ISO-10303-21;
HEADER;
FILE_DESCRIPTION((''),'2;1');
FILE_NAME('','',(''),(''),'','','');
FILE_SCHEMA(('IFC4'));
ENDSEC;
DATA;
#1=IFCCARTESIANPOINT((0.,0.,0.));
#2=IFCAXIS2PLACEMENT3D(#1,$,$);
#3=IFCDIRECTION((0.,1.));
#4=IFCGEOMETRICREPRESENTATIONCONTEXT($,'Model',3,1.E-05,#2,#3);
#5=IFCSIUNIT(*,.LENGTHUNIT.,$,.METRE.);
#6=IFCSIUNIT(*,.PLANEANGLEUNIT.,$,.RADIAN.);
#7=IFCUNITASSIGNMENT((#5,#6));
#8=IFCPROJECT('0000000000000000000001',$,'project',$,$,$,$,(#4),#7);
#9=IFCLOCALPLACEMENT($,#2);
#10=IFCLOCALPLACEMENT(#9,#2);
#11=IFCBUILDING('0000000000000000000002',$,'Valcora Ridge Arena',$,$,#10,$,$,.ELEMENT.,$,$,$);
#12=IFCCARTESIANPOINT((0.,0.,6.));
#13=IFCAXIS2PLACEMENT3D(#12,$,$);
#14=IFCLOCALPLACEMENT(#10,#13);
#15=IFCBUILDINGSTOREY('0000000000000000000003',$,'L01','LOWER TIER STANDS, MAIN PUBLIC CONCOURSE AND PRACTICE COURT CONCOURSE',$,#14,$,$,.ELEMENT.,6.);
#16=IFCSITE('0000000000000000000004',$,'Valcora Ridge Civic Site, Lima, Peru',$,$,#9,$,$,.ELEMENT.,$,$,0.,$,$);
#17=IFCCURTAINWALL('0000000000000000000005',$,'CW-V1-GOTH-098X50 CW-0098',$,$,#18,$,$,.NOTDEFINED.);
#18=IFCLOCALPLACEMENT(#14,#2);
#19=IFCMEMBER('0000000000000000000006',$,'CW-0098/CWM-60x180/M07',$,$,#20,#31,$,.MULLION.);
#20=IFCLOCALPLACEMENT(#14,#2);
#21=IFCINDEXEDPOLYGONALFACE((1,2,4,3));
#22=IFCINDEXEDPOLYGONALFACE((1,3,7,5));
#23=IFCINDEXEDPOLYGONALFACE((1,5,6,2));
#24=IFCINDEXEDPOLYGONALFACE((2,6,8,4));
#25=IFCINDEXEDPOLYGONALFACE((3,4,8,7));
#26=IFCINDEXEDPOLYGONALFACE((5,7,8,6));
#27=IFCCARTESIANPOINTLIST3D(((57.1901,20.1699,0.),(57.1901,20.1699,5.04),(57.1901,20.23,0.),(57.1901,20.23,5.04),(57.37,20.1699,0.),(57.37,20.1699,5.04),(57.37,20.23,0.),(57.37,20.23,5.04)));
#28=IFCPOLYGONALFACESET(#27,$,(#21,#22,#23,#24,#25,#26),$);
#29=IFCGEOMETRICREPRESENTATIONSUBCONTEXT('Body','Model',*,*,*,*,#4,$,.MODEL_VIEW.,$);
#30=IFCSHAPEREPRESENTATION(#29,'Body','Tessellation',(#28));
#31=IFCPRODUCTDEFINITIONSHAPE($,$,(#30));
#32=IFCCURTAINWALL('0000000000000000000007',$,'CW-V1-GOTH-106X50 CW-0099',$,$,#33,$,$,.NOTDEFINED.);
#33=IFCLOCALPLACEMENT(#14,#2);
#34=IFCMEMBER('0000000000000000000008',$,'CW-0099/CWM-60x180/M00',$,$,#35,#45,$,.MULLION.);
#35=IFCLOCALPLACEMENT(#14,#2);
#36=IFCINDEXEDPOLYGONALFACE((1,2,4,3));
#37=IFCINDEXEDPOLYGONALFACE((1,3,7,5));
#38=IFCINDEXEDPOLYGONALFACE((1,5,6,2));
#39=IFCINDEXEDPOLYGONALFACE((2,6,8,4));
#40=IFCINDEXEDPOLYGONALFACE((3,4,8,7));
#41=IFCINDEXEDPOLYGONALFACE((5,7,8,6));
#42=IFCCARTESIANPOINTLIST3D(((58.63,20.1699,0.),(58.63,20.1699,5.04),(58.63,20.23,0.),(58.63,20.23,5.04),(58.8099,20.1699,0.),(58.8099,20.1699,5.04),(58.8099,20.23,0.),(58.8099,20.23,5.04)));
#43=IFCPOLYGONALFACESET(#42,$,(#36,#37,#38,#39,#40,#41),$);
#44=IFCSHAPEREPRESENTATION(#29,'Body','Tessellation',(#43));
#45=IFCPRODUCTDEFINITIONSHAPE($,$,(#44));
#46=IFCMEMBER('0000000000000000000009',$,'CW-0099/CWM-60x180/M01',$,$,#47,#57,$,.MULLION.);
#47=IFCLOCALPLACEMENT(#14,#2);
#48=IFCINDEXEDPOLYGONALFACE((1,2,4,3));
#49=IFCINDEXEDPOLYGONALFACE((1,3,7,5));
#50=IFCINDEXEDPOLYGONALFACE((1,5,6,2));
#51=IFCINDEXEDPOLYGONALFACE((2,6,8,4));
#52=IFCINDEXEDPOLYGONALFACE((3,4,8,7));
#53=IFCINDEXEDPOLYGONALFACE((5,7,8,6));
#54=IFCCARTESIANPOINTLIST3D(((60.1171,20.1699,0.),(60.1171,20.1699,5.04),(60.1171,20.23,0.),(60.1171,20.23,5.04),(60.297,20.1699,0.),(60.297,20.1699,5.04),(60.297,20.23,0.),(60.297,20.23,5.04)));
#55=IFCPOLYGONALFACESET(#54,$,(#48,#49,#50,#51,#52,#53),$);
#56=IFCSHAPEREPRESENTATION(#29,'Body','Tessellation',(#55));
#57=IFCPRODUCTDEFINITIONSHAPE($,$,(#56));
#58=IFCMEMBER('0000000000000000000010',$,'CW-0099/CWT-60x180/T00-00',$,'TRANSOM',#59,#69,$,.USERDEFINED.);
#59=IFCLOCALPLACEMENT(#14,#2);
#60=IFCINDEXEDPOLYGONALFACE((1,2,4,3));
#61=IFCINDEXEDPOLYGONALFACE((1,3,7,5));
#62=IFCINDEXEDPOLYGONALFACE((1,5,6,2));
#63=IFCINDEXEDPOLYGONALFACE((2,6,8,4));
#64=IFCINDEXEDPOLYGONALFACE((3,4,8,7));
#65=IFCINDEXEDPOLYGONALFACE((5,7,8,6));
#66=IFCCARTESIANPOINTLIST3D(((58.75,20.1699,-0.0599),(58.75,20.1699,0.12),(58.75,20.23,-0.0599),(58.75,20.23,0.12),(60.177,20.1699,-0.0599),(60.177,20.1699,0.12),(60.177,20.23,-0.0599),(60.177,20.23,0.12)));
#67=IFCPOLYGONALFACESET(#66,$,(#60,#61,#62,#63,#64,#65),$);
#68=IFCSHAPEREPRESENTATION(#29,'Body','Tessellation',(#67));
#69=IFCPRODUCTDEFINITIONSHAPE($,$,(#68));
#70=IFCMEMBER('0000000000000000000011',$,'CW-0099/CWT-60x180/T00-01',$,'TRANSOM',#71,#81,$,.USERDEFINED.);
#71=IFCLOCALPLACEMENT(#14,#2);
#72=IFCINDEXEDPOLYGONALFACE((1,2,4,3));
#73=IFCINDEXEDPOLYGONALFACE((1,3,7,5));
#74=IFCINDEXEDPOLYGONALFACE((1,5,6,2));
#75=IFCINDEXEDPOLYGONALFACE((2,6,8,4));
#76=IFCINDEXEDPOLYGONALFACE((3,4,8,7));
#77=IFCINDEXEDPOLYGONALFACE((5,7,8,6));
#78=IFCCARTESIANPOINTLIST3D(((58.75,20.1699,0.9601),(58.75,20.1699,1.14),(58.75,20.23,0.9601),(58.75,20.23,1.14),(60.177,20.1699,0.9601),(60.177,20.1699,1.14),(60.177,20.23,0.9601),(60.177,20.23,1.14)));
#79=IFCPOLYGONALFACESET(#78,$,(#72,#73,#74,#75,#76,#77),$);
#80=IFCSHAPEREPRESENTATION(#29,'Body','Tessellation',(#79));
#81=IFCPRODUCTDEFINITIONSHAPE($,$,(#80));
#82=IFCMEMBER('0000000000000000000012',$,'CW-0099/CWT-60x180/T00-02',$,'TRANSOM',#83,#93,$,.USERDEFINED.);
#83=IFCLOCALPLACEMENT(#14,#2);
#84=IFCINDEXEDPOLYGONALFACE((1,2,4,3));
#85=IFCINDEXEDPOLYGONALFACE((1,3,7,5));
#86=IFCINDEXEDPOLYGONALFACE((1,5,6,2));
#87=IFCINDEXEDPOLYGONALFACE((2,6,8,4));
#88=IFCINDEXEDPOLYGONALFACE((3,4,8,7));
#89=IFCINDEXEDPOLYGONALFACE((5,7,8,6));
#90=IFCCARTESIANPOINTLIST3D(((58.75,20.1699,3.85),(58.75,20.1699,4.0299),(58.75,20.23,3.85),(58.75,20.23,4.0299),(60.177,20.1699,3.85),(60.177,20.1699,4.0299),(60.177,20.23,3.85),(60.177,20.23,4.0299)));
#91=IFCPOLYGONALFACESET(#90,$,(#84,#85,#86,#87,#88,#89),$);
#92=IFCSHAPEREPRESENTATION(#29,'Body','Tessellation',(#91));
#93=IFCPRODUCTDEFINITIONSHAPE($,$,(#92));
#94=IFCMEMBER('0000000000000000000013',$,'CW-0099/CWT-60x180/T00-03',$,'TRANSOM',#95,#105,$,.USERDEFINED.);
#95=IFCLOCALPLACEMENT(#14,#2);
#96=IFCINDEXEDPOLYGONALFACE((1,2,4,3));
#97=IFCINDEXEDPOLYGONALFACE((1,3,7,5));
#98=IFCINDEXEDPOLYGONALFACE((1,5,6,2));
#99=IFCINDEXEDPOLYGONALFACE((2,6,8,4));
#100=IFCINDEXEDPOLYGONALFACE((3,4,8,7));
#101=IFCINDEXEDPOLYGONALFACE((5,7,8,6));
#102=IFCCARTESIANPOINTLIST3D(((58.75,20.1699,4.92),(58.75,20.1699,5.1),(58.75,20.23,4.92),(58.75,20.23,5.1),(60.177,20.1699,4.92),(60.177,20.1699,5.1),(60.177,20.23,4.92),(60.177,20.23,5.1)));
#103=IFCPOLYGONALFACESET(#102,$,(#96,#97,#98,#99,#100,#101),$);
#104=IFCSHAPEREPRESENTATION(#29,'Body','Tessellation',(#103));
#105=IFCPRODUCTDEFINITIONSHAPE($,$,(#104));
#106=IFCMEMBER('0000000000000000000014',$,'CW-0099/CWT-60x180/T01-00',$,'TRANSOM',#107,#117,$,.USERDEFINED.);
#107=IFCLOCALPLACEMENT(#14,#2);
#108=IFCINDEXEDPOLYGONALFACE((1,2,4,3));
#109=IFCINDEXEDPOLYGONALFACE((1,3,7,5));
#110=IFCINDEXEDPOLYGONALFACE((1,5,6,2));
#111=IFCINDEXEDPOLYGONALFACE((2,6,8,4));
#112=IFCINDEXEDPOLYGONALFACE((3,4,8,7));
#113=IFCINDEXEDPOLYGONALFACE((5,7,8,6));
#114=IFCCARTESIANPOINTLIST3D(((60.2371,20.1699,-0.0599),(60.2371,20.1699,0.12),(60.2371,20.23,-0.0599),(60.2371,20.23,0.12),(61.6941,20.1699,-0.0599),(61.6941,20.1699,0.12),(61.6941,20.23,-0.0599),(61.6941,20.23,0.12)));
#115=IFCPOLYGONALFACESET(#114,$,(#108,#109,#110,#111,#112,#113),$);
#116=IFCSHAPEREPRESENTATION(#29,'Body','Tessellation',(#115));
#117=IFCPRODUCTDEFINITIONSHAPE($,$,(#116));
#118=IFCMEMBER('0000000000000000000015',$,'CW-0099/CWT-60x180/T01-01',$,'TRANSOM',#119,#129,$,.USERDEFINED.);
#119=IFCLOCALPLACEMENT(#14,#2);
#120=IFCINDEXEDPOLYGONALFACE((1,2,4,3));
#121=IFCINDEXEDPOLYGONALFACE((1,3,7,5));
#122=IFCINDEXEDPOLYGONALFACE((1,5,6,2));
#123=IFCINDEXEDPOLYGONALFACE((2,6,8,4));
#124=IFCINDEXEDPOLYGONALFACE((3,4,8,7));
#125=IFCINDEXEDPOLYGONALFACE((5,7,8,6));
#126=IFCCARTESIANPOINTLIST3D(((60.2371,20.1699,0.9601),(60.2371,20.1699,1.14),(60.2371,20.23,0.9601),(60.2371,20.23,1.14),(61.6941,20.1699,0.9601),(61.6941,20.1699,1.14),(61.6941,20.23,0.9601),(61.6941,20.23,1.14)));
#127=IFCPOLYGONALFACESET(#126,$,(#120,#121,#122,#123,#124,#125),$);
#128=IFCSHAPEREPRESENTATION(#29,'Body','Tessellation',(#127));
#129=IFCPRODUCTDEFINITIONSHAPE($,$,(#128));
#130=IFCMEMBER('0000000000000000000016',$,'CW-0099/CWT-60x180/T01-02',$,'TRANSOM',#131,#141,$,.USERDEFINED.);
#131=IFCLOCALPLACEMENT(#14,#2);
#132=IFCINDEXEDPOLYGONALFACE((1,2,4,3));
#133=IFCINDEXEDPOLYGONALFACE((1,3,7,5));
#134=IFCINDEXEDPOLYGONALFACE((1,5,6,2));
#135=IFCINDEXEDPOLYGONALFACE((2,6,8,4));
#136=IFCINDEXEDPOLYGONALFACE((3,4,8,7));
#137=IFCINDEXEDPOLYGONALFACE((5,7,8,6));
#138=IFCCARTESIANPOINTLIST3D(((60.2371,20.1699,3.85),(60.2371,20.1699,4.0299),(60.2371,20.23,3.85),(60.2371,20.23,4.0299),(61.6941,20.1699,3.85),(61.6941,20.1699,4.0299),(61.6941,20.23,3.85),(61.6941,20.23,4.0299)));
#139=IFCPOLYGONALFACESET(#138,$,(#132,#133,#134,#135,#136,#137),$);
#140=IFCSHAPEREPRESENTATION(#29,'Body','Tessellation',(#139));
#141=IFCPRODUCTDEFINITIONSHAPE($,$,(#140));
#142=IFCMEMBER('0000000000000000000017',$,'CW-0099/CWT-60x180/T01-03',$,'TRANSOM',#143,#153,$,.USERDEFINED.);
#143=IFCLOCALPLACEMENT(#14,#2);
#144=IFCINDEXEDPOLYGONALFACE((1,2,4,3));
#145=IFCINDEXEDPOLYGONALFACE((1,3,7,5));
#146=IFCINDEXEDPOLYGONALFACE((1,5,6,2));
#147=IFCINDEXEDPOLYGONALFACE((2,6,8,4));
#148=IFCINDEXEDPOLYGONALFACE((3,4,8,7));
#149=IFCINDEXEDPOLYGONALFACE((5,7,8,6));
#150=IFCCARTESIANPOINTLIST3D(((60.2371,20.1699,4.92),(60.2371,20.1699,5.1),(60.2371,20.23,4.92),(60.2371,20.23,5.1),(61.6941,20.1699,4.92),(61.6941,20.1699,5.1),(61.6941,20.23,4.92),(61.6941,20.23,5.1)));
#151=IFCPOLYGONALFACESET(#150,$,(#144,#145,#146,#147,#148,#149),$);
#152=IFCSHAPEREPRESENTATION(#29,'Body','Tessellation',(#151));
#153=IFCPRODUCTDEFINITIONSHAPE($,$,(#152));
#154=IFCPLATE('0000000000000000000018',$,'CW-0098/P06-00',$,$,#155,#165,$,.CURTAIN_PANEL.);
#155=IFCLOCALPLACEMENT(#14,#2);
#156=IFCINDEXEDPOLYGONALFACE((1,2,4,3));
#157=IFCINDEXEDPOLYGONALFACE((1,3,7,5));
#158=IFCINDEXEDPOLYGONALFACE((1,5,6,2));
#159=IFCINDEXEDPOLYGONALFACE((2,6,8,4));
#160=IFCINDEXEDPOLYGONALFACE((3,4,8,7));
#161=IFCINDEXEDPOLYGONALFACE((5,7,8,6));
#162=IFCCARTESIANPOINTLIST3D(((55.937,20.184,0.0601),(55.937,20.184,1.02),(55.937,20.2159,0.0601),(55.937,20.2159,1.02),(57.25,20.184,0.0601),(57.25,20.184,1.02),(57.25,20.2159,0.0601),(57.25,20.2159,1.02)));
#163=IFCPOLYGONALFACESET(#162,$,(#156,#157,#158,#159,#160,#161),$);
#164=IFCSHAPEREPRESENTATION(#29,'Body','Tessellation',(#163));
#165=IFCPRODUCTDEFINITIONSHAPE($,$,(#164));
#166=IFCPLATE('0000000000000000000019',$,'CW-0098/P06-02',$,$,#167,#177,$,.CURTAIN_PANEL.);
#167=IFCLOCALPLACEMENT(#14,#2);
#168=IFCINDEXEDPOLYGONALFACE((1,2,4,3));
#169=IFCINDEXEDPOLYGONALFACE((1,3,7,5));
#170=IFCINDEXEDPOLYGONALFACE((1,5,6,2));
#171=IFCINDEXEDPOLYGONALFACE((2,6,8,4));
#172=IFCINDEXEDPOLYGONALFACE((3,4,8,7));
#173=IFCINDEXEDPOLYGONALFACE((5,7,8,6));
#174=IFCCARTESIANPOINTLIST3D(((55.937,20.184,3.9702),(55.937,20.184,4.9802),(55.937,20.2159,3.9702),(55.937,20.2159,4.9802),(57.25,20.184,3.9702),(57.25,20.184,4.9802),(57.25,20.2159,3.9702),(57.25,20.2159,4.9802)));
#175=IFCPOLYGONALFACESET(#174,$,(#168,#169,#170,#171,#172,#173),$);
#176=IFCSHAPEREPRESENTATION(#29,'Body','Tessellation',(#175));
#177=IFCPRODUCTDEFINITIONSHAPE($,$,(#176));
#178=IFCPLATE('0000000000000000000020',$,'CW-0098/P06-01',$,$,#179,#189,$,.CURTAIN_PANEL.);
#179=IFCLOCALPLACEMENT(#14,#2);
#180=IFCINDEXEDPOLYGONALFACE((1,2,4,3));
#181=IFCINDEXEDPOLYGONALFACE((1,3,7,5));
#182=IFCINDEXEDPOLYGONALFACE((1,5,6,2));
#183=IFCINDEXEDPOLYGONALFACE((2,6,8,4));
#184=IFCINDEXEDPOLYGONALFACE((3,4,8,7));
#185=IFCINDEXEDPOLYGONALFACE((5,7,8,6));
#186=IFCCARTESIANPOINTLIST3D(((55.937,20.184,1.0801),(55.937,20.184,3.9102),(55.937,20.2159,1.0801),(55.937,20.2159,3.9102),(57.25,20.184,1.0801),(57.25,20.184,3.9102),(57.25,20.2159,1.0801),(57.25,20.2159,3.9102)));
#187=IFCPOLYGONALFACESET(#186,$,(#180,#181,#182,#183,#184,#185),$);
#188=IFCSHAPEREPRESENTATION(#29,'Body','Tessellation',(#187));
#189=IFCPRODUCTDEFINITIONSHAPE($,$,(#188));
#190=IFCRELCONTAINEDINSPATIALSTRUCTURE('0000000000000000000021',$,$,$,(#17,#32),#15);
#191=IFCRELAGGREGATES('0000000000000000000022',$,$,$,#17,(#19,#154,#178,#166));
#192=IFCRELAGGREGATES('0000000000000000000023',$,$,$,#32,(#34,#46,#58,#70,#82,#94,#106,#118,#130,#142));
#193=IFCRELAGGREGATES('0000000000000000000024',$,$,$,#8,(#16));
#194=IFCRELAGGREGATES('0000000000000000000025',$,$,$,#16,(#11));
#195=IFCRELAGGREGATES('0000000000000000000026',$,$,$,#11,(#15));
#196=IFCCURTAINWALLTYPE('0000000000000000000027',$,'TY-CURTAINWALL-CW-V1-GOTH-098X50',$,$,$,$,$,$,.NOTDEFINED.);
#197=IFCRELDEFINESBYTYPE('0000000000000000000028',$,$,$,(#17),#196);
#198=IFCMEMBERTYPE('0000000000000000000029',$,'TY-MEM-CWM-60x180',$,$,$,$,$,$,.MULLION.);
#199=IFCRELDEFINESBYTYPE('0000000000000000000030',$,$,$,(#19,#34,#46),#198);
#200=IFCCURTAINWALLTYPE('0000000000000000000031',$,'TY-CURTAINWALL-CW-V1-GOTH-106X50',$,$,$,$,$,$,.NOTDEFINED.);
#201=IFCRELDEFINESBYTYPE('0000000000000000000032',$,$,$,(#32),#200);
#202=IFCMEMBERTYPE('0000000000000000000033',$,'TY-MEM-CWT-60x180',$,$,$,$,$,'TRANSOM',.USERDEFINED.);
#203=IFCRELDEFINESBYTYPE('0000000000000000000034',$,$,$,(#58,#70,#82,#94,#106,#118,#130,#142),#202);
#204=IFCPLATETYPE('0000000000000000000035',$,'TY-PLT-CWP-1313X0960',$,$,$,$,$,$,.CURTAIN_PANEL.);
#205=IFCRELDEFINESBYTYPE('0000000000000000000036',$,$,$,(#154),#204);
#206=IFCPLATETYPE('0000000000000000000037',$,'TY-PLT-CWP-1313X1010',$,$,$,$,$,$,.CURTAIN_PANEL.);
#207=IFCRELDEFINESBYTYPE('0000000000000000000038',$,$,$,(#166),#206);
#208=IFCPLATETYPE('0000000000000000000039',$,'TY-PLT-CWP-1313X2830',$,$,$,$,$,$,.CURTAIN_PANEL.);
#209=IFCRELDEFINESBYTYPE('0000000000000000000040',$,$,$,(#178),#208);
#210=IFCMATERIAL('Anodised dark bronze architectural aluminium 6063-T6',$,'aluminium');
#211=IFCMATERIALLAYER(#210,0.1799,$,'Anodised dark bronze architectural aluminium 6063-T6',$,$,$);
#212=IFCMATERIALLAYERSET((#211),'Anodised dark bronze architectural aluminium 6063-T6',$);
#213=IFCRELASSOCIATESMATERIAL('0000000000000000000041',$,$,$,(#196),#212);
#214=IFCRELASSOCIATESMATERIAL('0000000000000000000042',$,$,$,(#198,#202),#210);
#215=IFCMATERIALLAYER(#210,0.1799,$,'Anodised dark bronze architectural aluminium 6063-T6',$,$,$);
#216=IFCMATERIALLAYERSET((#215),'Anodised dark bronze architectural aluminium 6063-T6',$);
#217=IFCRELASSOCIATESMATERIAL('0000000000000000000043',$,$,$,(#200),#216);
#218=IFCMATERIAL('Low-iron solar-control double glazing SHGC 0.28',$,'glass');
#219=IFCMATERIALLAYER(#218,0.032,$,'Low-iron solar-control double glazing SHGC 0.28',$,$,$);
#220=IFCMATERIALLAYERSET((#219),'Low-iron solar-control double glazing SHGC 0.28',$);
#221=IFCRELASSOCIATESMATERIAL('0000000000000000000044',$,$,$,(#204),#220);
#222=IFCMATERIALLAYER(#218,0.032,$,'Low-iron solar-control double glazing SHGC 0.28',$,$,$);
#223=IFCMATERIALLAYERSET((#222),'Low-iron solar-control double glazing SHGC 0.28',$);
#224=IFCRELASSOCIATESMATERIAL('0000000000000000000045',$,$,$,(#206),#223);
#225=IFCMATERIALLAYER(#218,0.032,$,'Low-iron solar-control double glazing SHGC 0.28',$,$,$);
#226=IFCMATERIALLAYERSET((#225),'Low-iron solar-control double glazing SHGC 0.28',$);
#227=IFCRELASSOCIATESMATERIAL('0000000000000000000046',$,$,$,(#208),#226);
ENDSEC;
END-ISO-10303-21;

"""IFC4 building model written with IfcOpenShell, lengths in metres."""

from ifc_helpers import new_model, si_unit, direction, frame, origin, origin_2d, place, context, subcontext, project, spatial, rectangle, extrude, material, layer, layer_set, material_profile, profile_set, type_object, element, aggregate, save


model = new_model("IFC4")

# Units and contexts
model_context = context("Model", 3, precision=1e-05, world=origin(), true_north=direction((0.0, 1.0)))
body_context = subcontext(model_context, "Body", "Model", "MODEL_VIEW")
ifc_project = project(units=[si_unit("LENGTHUNIT", "METRE"), si_unit("PLANEANGLEUNIT", "RADIAN")], contexts=[model_context])

# Site, building, storey
site_placement = place(None, origin())
site = spatial("IfcSite", under=ifc_project, at=site_placement, Name="Valcora Ridge Civic Site, Lima, Peru", CompositionType="ELEMENT", RefElevation=0.0)
building_placement = place(site_placement, origin())
building = spatial("IfcBuilding", under=site, at=building_placement, Name="Valcora Ridge Arena", CompositionType="ELEMENT")
storey_placement = place(building_placement, frame((0.0, 0.0, 6.0)))
storey = spatial("IfcBuildingStorey", under=building, at=storey_placement, Name="L01", Description="LOWER TIER STANDS, MAIN PUBLIC CONCOURSE AND PRACTICE COURT CONCOURSE", CompositionType="ELEMENT", Elevation=6.0)

# Curtain wall, member
ifc_material_1 = material(Name="Anodised dark bronze architectural aluminium 6063-T6", Category="aluminium")
ifc_layer_1 = layer(ifc_material_1, 0.1799, Name="Anodised dark bronze architectural aluminium 6063-T6")
ifc_layer_set_1 = layer_set([ifc_layer_1], Name="Anodised dark bronze architectural aluminium 6063-T6")
curtain_wall_type_1 = type_object("IfcCurtainWallType", Name="TY-CURTAINWALL-CW-V1-GOTH-098X50", PredefinedType="NOTDEFINED", material=ifc_layer_set_1)
curtain_wall_1_placement = place(storey_placement, origin())
curtain_wall_1 = element("IfcCurtainWall", 1, at=curtain_wall_1_placement, inside=storey, type_object=curtain_wall_type_1, Name="CW-V1-GOTH-098X50 CW-0098", PredefinedType="NOTDEFINED")
ifc_material_profile_1 = material_profile(ifc_material_1, rectangle(XDim=0.0601, YDim=0.1799, at=origin_2d()), Name="ALU MULLION 60x180")
ifc_profile_set_1 = profile_set([ifc_material_profile_1], Name="Anodised dark bronze architectural aluminium 6063-T6")
member_type_1 = type_object("IfcMemberType", Name="TY-MEM-CWM-60x180", PredefinedType="MULLION", material=ifc_profile_set_1)
member_1_placement = place(storey_placement, frame((57.28, 20.2, 0.0), z_axis=(0.0, 0.0, 1.0), x_axis=(0.0, 1.0, 0.0)))
member_1 = element("IfcMember", 2, at=member_1_placement, type_object=member_type_1, Name="CW-0098/CWM-60x180/M07", PredefinedType="MULLION", context=body_context, shape_type="SweptSolid", body=[
    extrude(rectangle(XDim=0.0601, YDim=0.1799, at=origin_2d()), origin(), (0.0, 0.0, 1.0), 5.04),
])

# Curtain wall, members
ifc_layer_2 = layer(ifc_material_1, 0.1799, Name="Anodised dark bronze architectural aluminium 6063-T6")
ifc_layer_set_2 = layer_set([ifc_layer_2], Name="Anodised dark bronze architectural aluminium 6063-T6")
curtain_wall_type_2 = type_object("IfcCurtainWallType", Name="TY-CURTAINWALL-CW-V1-GOTH-106X50", PredefinedType="NOTDEFINED", material=ifc_layer_set_2)
curtain_wall_2_placement = place(storey_placement, origin())
curtain_wall_2 = element("IfcCurtainWall", 3, at=curtain_wall_2_placement, inside=storey, type_object=curtain_wall_type_2, Name="CW-V1-GOTH-106X50 CW-0099", PredefinedType="NOTDEFINED")
member_2_placement = place(storey_placement, frame((58.72, 20.2, 0.0), z_axis=(0.0, 0.0, 1.0), x_axis=(0.0, 1.0, 0.0)))
member_2 = element("IfcMember", 4, at=member_2_placement, type_object=member_type_1, Name="CW-0099/CWM-60x180/M00", PredefinedType="MULLION", context=body_context, shape_type="SweptSolid", body=[
    extrude(rectangle(XDim=0.0601, YDim=0.1799, at=origin_2d()), origin(), (0.0, 0.0, 1.0), 5.04),
])
member_3_placement = place(storey_placement, frame((60.207, 20.2, 0.0), z_axis=(0.0, 0.0, 1.0), x_axis=(0.0, 1.0, 0.0)))
member_3 = element("IfcMember", 5, at=member_3_placement, type_object=member_type_1, Name="CW-0099/CWM-60x180/M01", PredefinedType="MULLION", context=body_context, shape_type="SweptSolid", body=[
    extrude(rectangle(XDim=0.0601, YDim=0.1799, at=origin_2d()), origin(), (0.0, 0.0, 1.0), 5.04),
])
ifc_material_profile_2 = material_profile(ifc_material_1, rectangle(XDim=0.0601, YDim=0.1799, at=origin_2d()), Name="ALU TRANSOM 60x180")
ifc_profile_set_2 = profile_set([ifc_material_profile_2], Name="Anodised dark bronze architectural aluminium 6063-T6")
member_type_2 = type_object("IfcMemberType", Name="TY-MEM-CWT-60x180", ElementType="TRANSOM", PredefinedType="USERDEFINED", material=ifc_profile_set_2)
member_4_placement = place(storey_placement, frame((58.75, 20.2, 0.03), z_axis=(1.0, 0.0, 0.0), x_axis=(0.0, 1.0, 0.0)))
member_4 = element("IfcMember", 6, at=member_4_placement, type_object=member_type_2, Name="CW-0099/CWT-60x180/T00-00", ObjectType="TRANSOM", PredefinedType="USERDEFINED", context=body_context, shape_type="SweptSolid", body=[
    extrude(rectangle(XDim=0.0601, YDim=0.1799, at=origin_2d()), origin(), (0.0, 0.0, 1.0), 1.427),
])
member_5_placement = place(storey_placement, frame((58.75, 20.2, 1.05), z_axis=(1.0, 0.0, 0.0), x_axis=(0.0, 1.0, 0.0)))
member_5 = element("IfcMember", 7, at=member_5_placement, type_object=member_type_2, Name="CW-0099/CWT-60x180/T00-01", ObjectType="TRANSOM", PredefinedType="USERDEFINED", context=body_context, shape_type="SweptSolid", body=[
    extrude(rectangle(XDim=0.0601, YDim=0.1799, at=origin_2d()), origin(), (0.0, 0.0, 1.0), 1.427),
])
member_6_placement = place(storey_placement, frame((58.75, 20.2, 3.9399), z_axis=(1.0, 0.0, 0.0), x_axis=(0.0, 1.0, 0.0)))
member_6 = element("IfcMember", 8, at=member_6_placement, type_object=member_type_2, Name="CW-0099/CWT-60x180/T00-02", ObjectType="TRANSOM", PredefinedType="USERDEFINED", context=body_context, shape_type="SweptSolid", body=[
    extrude(rectangle(XDim=0.0601, YDim=0.1799, at=origin_2d()), origin(), (0.0, 0.0, 1.0), 1.427),
])
member_7_placement = place(storey_placement, frame((58.75, 20.2, 5.01), z_axis=(1.0, 0.0, 0.0), x_axis=(0.0, 1.0, 0.0)))
member_7 = element("IfcMember", 9, at=member_7_placement, type_object=member_type_2, Name="CW-0099/CWT-60x180/T00-03", ObjectType="TRANSOM", PredefinedType="USERDEFINED", context=body_context, shape_type="SweptSolid", body=[
    extrude(rectangle(XDim=0.0601, YDim=0.1799, at=origin_2d()), origin(), (0.0, 0.0, 1.0), 1.427),
])
member_8_placement = place(storey_placement, frame((60.2371, 20.2, 0.03), z_axis=(1.0, 0.0, 0.0), x_axis=(0.0, 1.0, 0.0)))
member_8 = element("IfcMember", 10, at=member_8_placement, type_object=member_type_2, Name="CW-0099/CWT-60x180/T01-00", ObjectType="TRANSOM", PredefinedType="USERDEFINED", context=body_context, shape_type="SweptSolid", body=[
    extrude(rectangle(XDim=0.0601, YDim=0.1799, at=origin_2d()), origin(), (0.0, 0.0, 1.0), 1.457),
])
member_9_placement = place(storey_placement, frame((60.2371, 20.2, 1.05), z_axis=(1.0, 0.0, 0.0), x_axis=(0.0, 1.0, 0.0)))
member_9 = element("IfcMember", 11, at=member_9_placement, type_object=member_type_2, Name="CW-0099/CWT-60x180/T01-01", ObjectType="TRANSOM", PredefinedType="USERDEFINED", context=body_context, shape_type="SweptSolid", body=[
    extrude(rectangle(XDim=0.0601, YDim=0.1799, at=origin_2d()), origin(), (0.0, 0.0, 1.0), 1.457),
])
member_10_placement = place(storey_placement, frame((60.2371, 20.2, 3.9399), z_axis=(1.0, 0.0, 0.0), x_axis=(0.0, 1.0, 0.0)))
member_10 = element("IfcMember", 12, at=member_10_placement, type_object=member_type_2, Name="CW-0099/CWT-60x180/T01-02", ObjectType="TRANSOM", PredefinedType="USERDEFINED", context=body_context, shape_type="SweptSolid", body=[
    extrude(rectangle(XDim=0.0601, YDim=0.1799, at=origin_2d()), origin(), (0.0, 0.0, 1.0), 1.457),
])
member_11_placement = place(storey_placement, frame((60.2371, 20.2, 5.01), z_axis=(1.0, 0.0, 0.0), x_axis=(0.0, 1.0, 0.0)))
member_11 = element("IfcMember", 13, at=member_11_placement, type_object=member_type_2, Name="CW-0099/CWT-60x180/T01-03", ObjectType="TRANSOM", PredefinedType="USERDEFINED", context=body_context, shape_type="SweptSolid", body=[
    extrude(rectangle(XDim=0.0601, YDim=0.1799, at=origin_2d()), origin(), (0.0, 0.0, 1.0), 1.457),
])

# Plates
ifc_material_2 = material(Name="Low-iron solar-control double glazing SHGC 0.28", Category="glass")
ifc_layer_3 = layer(ifc_material_2, 0.032, Name="Low-iron solar-control double glazing SHGC 0.28")
ifc_layer_set_3 = layer_set([ifc_layer_3], Name="Low-iron solar-control double glazing SHGC 0.28")
plate_type_1 = type_object("IfcPlateType", Name="TY-PLT-CWP-1313X0960", PredefinedType="CURTAIN_PANEL", material=ifc_layer_set_3)
plate_1_placement = place(storey_placement, frame((56.5935, 20.2, 0.0601), z_axis=(0.0, 0.0, 1.0), x_axis=(1.0, 0.0, 0.0)))
plate_1 = element("IfcPlate", 14, at=plate_1_placement, type_object=plate_type_1, Name="CW-0098/P06-00", PredefinedType="CURTAIN_PANEL", context=body_context, shape_type="SweptSolid", body=[
    extrude(rectangle(XDim=1.313, YDim=0.032, at=origin_2d()), origin(), (0.0, 0.0, 1.0), 0.96),
])
ifc_layer_4 = layer(ifc_material_2, 0.032, Name="Low-iron solar-control double glazing SHGC 0.28")
ifc_layer_set_4 = layer_set([ifc_layer_4], Name="Low-iron solar-control double glazing SHGC 0.28")
plate_type_2 = type_object("IfcPlateType", Name="TY-PLT-CWP-1313X1010", PredefinedType="CURTAIN_PANEL", material=ifc_layer_set_4)
plate_2_placement = place(storey_placement, frame((56.5935, 20.2, 3.9702), z_axis=(0.0, 0.0, 1.0), x_axis=(1.0, 0.0, 0.0)))
plate_2 = element("IfcPlate", 15, at=plate_2_placement, type_object=plate_type_2, Name="CW-0098/P06-02", PredefinedType="CURTAIN_PANEL", context=body_context, shape_type="SweptSolid", body=[
    extrude(rectangle(XDim=1.313, YDim=0.032, at=origin_2d()), origin(), (0.0, 0.0, 1.0), 1.01),
])
ifc_layer_5 = layer(ifc_material_2, 0.032, Name="Low-iron solar-control double glazing SHGC 0.28")
ifc_layer_set_5 = layer_set([ifc_layer_5], Name="Low-iron solar-control double glazing SHGC 0.28")
plate_type_3 = type_object("IfcPlateType", Name="TY-PLT-CWP-1313X2830", PredefinedType="CURTAIN_PANEL", material=ifc_layer_set_5)
plate_3_placement = place(storey_placement, frame((56.5935, 20.2, 1.0801), z_axis=(0.0, 0.0, 1.0), x_axis=(1.0, 0.0, 0.0)))
plate_3 = element("IfcPlate", 16, at=plate_3_placement, type_object=plate_type_3, Name="CW-0098/P06-01", PredefinedType="CURTAIN_PANEL", context=body_context, shape_type="SweptSolid", body=[
    extrude(rectangle(XDim=1.313, YDim=0.032, at=origin_2d()), origin(), (0.0, 0.0, 1.0), 2.8301),
])
aggregate(curtain_wall_1, [member_1, plate_1, plate_3, plate_2])
aggregate(curtain_wall_2, [member_2, member_3, member_4, member_5, member_6, member_7, member_8, member_9, member_10, member_11])

save(model, "model.ifc")
